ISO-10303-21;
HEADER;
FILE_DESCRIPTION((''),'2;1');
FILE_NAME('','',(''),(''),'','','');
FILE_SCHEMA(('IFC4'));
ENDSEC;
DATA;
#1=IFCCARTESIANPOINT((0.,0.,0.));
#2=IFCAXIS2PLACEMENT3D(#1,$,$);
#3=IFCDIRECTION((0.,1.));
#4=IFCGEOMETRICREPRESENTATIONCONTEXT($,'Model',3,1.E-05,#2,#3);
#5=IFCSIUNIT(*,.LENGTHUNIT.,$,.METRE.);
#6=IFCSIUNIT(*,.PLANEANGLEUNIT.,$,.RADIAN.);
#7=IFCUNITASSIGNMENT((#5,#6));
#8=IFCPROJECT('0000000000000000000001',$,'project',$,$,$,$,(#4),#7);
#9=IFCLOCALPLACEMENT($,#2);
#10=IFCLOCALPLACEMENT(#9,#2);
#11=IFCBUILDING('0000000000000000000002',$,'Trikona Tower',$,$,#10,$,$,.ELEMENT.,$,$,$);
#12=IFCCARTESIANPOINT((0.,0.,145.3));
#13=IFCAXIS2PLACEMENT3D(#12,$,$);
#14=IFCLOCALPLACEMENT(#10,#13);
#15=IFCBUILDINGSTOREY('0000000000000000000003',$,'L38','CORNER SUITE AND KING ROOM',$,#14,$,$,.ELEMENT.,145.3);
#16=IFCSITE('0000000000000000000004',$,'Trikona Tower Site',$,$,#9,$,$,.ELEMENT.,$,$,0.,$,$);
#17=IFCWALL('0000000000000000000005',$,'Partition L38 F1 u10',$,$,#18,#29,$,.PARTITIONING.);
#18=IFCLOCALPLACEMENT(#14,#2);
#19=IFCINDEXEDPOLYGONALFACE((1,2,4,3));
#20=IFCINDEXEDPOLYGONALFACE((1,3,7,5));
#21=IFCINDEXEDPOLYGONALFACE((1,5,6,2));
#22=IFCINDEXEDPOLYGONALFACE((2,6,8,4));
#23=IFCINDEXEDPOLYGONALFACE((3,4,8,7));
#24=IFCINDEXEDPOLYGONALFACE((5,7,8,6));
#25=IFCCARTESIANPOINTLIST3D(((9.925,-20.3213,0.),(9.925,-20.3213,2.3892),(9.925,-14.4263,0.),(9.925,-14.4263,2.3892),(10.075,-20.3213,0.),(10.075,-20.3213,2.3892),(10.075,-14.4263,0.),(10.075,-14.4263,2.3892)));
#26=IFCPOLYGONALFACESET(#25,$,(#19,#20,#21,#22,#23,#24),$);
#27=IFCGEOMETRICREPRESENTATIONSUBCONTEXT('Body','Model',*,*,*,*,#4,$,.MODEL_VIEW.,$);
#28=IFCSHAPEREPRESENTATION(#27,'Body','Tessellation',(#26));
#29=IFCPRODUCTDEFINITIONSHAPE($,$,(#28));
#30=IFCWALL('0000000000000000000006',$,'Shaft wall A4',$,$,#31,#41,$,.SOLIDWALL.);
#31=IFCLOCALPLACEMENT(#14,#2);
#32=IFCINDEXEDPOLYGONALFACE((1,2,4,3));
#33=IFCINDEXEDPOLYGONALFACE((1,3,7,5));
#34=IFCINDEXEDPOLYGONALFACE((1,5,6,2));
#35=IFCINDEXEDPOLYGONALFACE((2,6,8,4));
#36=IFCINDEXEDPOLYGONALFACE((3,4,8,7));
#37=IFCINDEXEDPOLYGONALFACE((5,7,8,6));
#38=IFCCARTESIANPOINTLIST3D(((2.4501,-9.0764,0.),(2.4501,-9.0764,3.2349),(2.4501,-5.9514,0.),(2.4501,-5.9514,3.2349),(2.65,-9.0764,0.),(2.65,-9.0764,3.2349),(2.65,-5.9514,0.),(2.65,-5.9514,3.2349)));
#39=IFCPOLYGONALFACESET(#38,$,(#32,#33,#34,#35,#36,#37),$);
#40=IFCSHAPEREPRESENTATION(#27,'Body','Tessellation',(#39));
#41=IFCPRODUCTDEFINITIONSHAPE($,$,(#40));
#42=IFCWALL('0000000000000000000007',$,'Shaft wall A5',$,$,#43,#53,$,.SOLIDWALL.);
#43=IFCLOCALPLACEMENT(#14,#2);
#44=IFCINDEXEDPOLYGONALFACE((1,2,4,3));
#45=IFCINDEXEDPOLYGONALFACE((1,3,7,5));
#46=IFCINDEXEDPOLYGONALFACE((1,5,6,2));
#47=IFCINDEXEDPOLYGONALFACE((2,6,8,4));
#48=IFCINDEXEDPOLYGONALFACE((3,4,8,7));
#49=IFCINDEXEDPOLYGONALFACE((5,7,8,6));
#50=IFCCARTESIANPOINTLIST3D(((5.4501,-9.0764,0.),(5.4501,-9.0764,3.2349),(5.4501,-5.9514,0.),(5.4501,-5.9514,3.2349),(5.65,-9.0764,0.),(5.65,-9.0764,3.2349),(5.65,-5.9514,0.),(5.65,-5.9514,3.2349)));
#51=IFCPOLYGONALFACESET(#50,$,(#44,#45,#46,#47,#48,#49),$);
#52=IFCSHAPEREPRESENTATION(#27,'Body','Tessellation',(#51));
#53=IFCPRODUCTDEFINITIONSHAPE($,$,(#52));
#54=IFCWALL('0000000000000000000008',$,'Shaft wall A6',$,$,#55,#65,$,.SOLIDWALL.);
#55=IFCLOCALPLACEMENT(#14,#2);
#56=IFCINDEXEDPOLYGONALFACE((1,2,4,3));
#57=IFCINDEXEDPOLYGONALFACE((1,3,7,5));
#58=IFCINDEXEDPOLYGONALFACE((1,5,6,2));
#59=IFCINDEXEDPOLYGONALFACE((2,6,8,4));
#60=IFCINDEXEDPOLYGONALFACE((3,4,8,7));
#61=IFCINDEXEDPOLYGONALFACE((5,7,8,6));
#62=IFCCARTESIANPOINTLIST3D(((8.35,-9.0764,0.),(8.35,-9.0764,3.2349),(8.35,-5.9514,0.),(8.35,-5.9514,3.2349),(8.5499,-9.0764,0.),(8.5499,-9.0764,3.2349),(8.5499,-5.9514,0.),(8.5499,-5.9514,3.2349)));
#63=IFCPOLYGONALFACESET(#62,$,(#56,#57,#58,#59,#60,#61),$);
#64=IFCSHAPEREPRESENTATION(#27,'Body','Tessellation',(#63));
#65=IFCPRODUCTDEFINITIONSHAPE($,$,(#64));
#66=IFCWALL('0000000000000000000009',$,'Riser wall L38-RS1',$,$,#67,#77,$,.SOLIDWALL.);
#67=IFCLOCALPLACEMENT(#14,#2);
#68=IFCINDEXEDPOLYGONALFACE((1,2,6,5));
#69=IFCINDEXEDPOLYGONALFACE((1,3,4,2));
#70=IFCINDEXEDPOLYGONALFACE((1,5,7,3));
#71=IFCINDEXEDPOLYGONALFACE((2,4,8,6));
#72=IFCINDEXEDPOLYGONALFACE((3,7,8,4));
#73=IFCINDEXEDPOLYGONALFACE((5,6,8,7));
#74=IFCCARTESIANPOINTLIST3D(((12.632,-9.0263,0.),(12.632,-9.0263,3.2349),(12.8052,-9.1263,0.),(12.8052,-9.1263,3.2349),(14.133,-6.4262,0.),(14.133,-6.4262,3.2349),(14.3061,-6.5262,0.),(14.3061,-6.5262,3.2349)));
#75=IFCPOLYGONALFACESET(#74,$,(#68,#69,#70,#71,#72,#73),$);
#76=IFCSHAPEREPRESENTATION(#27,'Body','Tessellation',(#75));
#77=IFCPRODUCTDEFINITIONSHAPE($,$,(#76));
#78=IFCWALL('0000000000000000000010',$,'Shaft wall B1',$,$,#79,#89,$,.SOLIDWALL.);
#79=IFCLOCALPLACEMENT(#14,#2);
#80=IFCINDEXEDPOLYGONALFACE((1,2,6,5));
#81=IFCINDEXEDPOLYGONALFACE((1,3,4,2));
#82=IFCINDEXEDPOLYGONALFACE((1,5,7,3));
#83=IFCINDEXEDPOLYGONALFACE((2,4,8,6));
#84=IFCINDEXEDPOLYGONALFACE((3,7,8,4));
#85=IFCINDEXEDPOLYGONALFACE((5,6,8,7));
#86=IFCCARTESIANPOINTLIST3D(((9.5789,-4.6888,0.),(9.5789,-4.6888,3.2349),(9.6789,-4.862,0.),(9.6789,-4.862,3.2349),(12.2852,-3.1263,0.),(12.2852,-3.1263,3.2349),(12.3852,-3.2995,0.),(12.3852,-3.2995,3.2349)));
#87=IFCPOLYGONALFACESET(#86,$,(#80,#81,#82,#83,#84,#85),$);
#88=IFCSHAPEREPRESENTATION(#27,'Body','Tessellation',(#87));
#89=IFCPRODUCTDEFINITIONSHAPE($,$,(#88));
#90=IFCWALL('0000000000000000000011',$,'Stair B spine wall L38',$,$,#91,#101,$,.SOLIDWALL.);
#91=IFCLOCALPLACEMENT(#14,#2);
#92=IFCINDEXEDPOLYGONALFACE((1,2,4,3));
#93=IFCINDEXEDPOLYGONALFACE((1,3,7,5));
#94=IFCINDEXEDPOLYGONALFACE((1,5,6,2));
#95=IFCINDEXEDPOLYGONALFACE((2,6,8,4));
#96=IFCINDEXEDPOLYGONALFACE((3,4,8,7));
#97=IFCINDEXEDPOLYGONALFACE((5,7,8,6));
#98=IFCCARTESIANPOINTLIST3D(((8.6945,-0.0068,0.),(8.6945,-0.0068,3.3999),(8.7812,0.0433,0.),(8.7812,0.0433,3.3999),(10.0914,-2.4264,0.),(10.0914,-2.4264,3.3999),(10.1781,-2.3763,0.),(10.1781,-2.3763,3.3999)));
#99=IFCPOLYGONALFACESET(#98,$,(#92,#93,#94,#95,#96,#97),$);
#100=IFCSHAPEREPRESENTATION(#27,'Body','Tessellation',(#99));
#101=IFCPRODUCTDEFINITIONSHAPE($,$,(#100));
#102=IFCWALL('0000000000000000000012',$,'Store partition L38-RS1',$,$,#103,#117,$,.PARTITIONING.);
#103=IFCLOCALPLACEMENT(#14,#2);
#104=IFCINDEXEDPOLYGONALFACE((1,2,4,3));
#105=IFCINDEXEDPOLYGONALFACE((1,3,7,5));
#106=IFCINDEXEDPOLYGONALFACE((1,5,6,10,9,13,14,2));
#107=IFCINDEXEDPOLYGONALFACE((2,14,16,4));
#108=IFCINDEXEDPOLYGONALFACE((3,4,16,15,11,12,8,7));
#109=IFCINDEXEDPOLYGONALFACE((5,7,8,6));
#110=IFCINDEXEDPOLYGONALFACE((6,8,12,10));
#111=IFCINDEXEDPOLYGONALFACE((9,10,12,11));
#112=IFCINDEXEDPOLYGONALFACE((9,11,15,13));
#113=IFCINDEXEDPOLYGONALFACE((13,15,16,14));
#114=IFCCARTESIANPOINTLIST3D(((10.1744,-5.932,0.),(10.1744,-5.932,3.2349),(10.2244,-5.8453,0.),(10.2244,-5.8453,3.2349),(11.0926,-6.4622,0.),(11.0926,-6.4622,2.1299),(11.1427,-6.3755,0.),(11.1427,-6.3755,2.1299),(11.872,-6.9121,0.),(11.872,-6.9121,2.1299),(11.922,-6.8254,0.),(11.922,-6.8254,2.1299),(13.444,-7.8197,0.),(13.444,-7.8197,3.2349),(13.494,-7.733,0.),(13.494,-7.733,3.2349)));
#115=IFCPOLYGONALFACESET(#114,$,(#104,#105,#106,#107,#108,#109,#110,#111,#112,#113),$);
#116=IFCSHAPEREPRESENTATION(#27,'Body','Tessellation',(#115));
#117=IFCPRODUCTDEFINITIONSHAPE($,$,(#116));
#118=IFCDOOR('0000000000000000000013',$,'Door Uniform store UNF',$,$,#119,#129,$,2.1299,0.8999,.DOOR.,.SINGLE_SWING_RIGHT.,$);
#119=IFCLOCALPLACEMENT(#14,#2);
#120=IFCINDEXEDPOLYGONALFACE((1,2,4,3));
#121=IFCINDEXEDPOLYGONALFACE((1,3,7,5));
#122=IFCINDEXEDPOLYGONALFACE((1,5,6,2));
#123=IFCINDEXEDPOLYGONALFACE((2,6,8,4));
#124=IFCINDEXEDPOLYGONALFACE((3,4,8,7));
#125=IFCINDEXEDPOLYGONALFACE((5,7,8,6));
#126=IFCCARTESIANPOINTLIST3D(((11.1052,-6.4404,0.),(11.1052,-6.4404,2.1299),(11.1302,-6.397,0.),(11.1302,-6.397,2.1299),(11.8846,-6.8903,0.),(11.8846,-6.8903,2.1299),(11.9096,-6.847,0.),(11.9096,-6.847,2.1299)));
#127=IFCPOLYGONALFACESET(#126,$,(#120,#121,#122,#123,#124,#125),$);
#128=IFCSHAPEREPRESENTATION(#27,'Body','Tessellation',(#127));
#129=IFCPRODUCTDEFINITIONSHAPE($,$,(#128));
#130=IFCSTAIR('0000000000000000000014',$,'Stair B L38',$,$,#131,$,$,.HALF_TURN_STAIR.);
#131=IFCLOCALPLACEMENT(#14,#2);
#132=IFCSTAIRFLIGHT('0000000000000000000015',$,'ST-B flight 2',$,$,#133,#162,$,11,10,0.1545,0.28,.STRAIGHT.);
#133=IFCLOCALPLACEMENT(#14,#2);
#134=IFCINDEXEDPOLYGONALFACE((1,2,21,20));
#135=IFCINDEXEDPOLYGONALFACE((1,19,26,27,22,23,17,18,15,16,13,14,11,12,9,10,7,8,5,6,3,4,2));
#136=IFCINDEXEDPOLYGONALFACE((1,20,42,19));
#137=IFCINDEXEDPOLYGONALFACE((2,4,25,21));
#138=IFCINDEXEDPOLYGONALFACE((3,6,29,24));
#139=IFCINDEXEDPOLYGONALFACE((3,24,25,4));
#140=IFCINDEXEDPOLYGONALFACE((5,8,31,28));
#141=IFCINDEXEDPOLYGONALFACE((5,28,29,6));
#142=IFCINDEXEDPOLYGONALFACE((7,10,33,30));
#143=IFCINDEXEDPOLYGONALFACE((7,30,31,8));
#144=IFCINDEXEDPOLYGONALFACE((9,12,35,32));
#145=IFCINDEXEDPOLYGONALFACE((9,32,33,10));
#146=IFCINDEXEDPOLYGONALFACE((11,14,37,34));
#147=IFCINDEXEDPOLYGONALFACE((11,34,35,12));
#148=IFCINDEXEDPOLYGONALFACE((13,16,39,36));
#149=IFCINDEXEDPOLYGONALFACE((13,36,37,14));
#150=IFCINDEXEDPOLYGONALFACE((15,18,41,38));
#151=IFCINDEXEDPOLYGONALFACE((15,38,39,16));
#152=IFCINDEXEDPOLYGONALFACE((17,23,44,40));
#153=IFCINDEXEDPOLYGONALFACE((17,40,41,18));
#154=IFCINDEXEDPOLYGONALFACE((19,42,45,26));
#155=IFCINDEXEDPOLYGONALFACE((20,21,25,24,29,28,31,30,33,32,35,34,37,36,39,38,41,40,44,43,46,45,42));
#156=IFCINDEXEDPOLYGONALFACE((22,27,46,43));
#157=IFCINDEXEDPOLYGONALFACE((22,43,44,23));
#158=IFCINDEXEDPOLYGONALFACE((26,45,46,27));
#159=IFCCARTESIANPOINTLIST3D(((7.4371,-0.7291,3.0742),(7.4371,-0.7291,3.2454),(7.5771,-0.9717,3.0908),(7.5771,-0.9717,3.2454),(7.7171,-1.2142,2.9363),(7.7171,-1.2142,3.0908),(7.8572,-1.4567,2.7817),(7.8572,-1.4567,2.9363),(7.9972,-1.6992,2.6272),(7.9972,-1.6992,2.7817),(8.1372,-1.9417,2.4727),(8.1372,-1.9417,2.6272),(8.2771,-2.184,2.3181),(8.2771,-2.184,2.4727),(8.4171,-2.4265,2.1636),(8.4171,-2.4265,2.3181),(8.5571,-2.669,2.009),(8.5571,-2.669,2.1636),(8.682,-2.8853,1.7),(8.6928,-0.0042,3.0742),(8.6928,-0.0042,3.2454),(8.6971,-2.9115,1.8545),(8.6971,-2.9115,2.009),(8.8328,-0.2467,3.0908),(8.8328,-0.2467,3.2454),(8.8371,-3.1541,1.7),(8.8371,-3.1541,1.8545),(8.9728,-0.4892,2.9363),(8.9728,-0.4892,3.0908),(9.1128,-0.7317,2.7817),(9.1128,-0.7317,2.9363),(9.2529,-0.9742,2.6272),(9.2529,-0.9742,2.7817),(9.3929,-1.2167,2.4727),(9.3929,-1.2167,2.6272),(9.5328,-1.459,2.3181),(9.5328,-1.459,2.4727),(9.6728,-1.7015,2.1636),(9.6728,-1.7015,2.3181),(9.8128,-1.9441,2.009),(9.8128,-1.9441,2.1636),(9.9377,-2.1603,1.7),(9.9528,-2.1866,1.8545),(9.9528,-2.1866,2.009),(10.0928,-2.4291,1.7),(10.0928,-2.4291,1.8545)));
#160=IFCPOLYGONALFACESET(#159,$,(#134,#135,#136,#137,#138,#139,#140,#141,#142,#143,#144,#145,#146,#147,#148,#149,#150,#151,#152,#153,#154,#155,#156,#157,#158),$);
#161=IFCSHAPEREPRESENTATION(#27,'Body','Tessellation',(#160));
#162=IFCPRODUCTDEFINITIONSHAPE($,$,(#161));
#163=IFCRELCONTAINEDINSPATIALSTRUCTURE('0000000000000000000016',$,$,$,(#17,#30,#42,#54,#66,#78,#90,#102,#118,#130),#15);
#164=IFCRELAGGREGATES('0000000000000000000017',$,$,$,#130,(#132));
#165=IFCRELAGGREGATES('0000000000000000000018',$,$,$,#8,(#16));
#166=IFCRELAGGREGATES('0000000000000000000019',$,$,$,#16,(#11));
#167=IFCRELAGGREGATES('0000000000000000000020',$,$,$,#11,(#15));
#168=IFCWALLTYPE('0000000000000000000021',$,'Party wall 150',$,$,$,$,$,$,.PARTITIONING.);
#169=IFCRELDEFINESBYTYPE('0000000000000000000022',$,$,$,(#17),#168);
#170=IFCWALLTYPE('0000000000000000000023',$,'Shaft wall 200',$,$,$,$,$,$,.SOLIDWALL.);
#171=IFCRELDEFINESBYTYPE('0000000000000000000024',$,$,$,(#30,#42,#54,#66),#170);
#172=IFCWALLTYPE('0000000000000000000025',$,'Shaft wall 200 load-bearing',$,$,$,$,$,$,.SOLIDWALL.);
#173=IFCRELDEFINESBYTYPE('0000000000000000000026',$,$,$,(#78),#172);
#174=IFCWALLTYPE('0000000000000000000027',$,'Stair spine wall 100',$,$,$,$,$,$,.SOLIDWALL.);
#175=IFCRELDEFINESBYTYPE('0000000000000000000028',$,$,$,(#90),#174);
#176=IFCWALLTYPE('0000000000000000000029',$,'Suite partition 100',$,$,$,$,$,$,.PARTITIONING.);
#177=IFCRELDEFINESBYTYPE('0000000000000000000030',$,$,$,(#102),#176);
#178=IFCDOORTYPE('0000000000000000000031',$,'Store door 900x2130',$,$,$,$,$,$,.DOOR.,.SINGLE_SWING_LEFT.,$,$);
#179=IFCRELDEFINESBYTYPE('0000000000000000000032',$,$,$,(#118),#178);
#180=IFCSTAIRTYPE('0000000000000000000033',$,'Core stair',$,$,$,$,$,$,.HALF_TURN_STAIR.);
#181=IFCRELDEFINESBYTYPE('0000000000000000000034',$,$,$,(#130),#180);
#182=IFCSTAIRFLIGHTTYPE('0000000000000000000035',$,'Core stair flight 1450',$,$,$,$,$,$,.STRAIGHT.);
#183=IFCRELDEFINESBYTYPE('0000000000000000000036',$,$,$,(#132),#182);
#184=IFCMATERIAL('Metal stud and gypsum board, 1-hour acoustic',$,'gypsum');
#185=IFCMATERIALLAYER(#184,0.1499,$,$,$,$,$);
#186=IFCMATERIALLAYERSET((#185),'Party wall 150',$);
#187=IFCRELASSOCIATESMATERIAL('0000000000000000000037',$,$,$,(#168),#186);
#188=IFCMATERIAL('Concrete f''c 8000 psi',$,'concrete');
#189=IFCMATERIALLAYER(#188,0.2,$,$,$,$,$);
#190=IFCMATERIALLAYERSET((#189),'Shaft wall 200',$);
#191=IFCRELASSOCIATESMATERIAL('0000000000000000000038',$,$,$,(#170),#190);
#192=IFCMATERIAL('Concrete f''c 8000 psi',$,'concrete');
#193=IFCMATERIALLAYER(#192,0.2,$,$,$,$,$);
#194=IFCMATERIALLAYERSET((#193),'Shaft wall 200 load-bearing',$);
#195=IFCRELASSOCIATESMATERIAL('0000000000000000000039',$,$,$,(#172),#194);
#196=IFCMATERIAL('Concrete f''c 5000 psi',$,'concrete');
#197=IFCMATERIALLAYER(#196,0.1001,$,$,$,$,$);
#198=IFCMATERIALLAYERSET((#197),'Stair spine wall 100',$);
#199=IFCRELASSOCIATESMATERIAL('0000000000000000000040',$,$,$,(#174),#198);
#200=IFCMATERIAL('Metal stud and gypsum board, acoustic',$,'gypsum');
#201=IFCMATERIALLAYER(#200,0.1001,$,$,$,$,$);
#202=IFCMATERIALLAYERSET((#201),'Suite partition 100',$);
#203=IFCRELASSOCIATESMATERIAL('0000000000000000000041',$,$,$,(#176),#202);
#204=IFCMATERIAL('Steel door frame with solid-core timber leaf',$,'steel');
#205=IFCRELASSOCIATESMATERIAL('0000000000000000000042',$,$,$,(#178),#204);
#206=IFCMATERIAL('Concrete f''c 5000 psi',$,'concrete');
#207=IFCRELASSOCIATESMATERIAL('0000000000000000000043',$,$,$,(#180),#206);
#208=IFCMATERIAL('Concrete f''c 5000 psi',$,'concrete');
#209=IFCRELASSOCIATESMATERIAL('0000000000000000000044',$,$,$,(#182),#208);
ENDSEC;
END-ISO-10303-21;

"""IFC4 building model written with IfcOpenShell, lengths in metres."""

from ifc_helpers import new_model, si_unit, direction, frame, frame_2d, origin, place, context, subcontext, project, spatial, polyline, rectangle, outline, extrude, material, layer, layer_set, type_object, element, fill, aggregate, save


model = new_model("IFC4")

# Units and contexts
model_context = context("Model", 3, precision=1e-05, world=origin(), true_north=direction((0.0, 1.0)))
body_context = subcontext(model_context, "Body", "Model", "MODEL_VIEW")
ifc_project = project(units=[si_unit("LENGTHUNIT", "METRE"), si_unit("PLANEANGLEUNIT", "RADIAN")], contexts=[model_context])

# Site, building, storey
site_placement = place(None, origin())
site = spatial("IfcSite", under=ifc_project, at=site_placement, Name="Trikona Tower Site", CompositionType="ELEMENT", RefElevation=0.0)
building_placement = place(site_placement, origin())
building = spatial("IfcBuilding", under=site, at=building_placement, Name="Trikona Tower", CompositionType="ELEMENT")
storey_placement = place(building_placement, frame((0.0, 0.0, 145.3)))
storey = spatial("IfcBuildingStorey", under=building, at=storey_placement, Name="L38", Description="CORNER SUITE AND KING ROOM", CompositionType="ELEMENT", Elevation=145.3)

# Walls
ifc_material_1 = material(Name="Metal stud and gypsum board, 1-hour acoustic", Category="gypsum")
ifc_layer_1 = layer(ifc_material_1, 0.1499)
ifc_layer_set_1 = layer_set([ifc_layer_1], Name="Party wall 150")
wall_type_1 = type_object("IfcWallType", Name="Party wall 150", PredefinedType="PARTITIONING", material=ifc_layer_set_1)
wall_1_placement = place(storey_placement, frame((10.0, -14.4263, 0.0), z_axis=(0.0, 0.0, 1.0), x_axis=(0.0, -1.0, 0.0)))
element("IfcWall", 1, at=wall_1_placement, inside=storey, type_object=wall_type_1, Name="Partition L38 F1 u10", PredefinedType="PARTITIONING", context=body_context, shape_type="SweptSolid", body=[
    extrude(rectangle(XDim=5.895, YDim=0.1499, at=frame_2d((2.9475, 0.0))), origin(), (0.0, 0.0, 1.0), 2.3892),
])
ifc_material_2 = material(Name="Concrete f'c 8000 psi", Category="concrete")
ifc_layer_2 = layer(ifc_material_2, 0.2)
ifc_layer_set_2 = layer_set([ifc_layer_2], Name="Shaft wall 200")
wall_type_2 = type_object("IfcWallType", Name="Shaft wall 200", PredefinedType="SOLIDWALL", material=ifc_layer_set_2)
for number, where, z_axis, x_axis, name in (
    (2, (2.55, -5.9514, 0.0), (0.0, 0.0, 1.0), (0.0, -1.0, 0.0), "Shaft wall A4"),
    (3, (5.55, -5.9514, 0.0), (0.0, 0.0, 1.0), (0.0, -1.0, 0.0), "Shaft wall A5"),
    (4, (8.45, -5.9514, 0.0), (0.0, 0.0, 1.0), (0.0, -1.0, 0.0), "Shaft wall A6"),
):
    element("IfcWall", number, at=place(storey_placement, frame(where, z_axis=z_axis, x_axis=x_axis)), inside=storey, type_object=wall_type_2, Name=name, PredefinedType="SOLIDWALL", context=body_context, shape_type="SweptSolid", body=[
        extrude(rectangle(XDim=3.125, YDim=0.2, at=frame_2d((1.5625, 0.0))), origin(), (0.0, 0.0, 1.0), 3.2349),
    ])
wall_2_placement = place(storey_placement, frame((14.2195, -6.4763, 0.0), z_axis=(0.0, 0.0, 1.0), x_axis=(-0.499952, -0.866053, 0.0)))
element("IfcWall", 5, at=wall_2_placement, inside=storey, type_object=wall_type_2, Name="Riser wall L38-RS1", PredefinedType="SOLIDWALL", context=body_context, shape_type="SweptSolid", body=[
    extrude(rectangle(XDim=3.0022, YDim=0.2, at=frame_2d((1.501, 0.0))), origin(), (0.0, 0.0, 1.0), 3.2349),
])
ifc_material_3 = material(Name="Concrete f'c 8000 psi", Category="concrete")
ifc_layer_3 = layer(ifc_material_3, 0.2)
ifc_layer_set_3 = layer_set([ifc_layer_3], Name="Shaft wall 200 load-bearing")
wall_type_3 = type_object("IfcWallType", Name="Shaft wall 200 load-bearing", PredefinedType="SOLIDWALL", material=ifc_layer_set_3)
wall_3_placement = place(storey_placement, frame((9.6289, -4.7754, 0.0), z_axis=(0.0, 0.0, 1.0), x_axis=(0.866023, 0.500004, 0.0)))
element("IfcWall", 6, at=wall_3_placement, inside=storey, type_object=wall_type_3, Name="Shaft wall B1", PredefinedType="SOLIDWALL", context=body_context, shape_type="SweptSolid", body=[
    extrude(rectangle(XDim=3.125, YDim=0.2, at=frame_2d((1.5625, 0.0))), origin(), (0.0, 0.0, 1.0), 3.2349),
])
ifc_material_4 = material(Name="Concrete f'c 5000 psi", Category="concrete")
ifc_layer_4 = layer(ifc_material_4, 0.1001)
ifc_layer_set_4 = layer_set([ifc_layer_4], Name="Stair spine wall 100")
wall_type_4 = type_object("IfcWallType", Name="Stair spine wall 100", PredefinedType="SOLIDWALL", material=ifc_layer_set_4)
wall_4_placement = place(storey_placement, frame((10.1348, -2.4014, 0.0), z_axis=(0.0, 0.0, 1.0), x_axis=(-0.499992, 0.86603, 0.0)))
element("IfcWall", 7, at=wall_4_placement, inside=storey, type_object=wall_type_4, Name="Stair B spine wall L38", PredefinedType="SOLIDWALL", context=body_context, shape_type="SweptSolid", body=[
    extrude(rectangle(XDim=2.7939, YDim=0.1001, at=frame_2d((1.397, 0.0))), origin(), (0.0, 0.0, 1.0), 3.3999),
])

# Wall, opening, door
ifc_material_5 = material(Name="Metal stud and gypsum board, acoustic", Category="gypsum")
ifc_layer_5 = layer(ifc_material_5, 0.1001)
ifc_layer_set_5 = layer_set([ifc_layer_5], Name="Suite partition 100")
wall_type_5 = type_object("IfcWallType", Name="Suite partition 100", PredefinedType="PARTITIONING", material=ifc_layer_set_5)
wall_5_placement = place(storey_placement, frame((13.469, -7.7764, 0.0), z_axis=(0.0, 0.0, 1.0), x_axis=(-0.866022, 0.500006, 0.0)))
wall_5 = element("IfcWall", 8, at=wall_5_placement, inside=storey, type_object=wall_type_5, Name="Store partition L38-RS1", PredefinedType="PARTITIONING", context=body_context, shape_type="SweptSolid", body=[
    extrude(rectangle(XDim=3.7754, YDim=0.1001, at=frame_2d((1.8877, 0.0))), origin(), (0.0, 0.0, 1.0), 3.2349),
])
opening_1_placement = place(wall_5_placement, frame((1.8152, 0.0, 0.0)))
opening_1 = element("IfcOpeningElement", 9, at=opening_1_placement, cuts=wall_5, PredefinedType="OPENING", context=body_context, shape_type="SweptSolid", body=[
    extrude(rectangle(XDim=0.8999, YDim=2.1299, at=frame_2d((0.45, 1.0649))), frame((0.0, 0.0601, 0.0), z_axis=(0.0, -1.0, 0.0), x_axis=(1.0, 0.0, 0.0)), (0.0, 0.0, 1.0), 0.1201),
])
ifc_material_6 = material(Name="Steel door frame with solid-core timber leaf", Category="steel")
door_type_1 = type_object("IfcDoorType", Name="Store door 900x2130", OperationType="SINGLE_SWING_LEFT", PredefinedType="DOOR", material=ifc_material_6)
door_1_placement = place(opening_1_placement, origin())
door_1 = element("IfcDoor", 10, at=door_1_placement, inside=storey, type_object=door_type_1, Name="Door Uniform store UNF", OperationType="SINGLE_SWING_RIGHT", OverallHeight=2.1299, OverallWidth=0.8999, PredefinedType="DOOR", context=body_context, shape_type="SweptSolid", body=[
    extrude(rectangle(XDim=0.8999, YDim=2.1299, at=frame_2d((0.45, 1.0649))), frame((0.0, 0.0249, 0.0), z_axis=(0.0, -1.0, 0.0), x_axis=(1.0, 0.0, 0.0)), (0.0, 0.0, 1.0), 0.05),
])
fill(opening_1, door_1)

# Stair, stair flight
ifc_material_7 = material(Name="Concrete f'c 5000 psi", Category="concrete")
stair_type = type_object("IfcStairType", Name="Core stair", PredefinedType="HALF_TURN_STAIR", material=ifc_material_7)
stair_placement = place(storey_placement, origin())
stair = element("IfcStair", 11, at=stair_placement, inside=storey, type_object=stair_type, Name="Stair B L38", PredefinedType="HALF_TURN_STAIR")
ifc_material_8 = material(Name="Concrete f'c 5000 psi", Category="concrete")
stair_flight_type = type_object("IfcStairFlightType", Name="Core stair flight 1450", PredefinedType="STRAIGHT", material=ifc_material_8)
stair_flight_placement = place(storey_placement, frame((9.4651, -2.7915, 1.7), z_axis=(0.0, 0.0, 1.0), x_axis=(-0.5, 0.866025, 0.0)))
stair_flight = element("IfcStairFlight", 12, at=stair_flight_placement, type_object=stair_flight_type, Name="ST-B flight 2", NumberOfRisers=11, NumberOfTreads=10, PredefinedType="STRAIGHT", RiserHeight=0.1545, TreadLength=0.28, context=body_context, shape_type="SweptSolid", body=[
    extrude(outline(polyline([(0.0, 0.0), (0.0, 0.1545), (0.28, 0.1545), (0.28, 0.3091), (0.5601, 0.3091), (0.5601, 0.4636), (0.8401, 0.4636), (0.8401, 0.6182), (1.1201, 0.6182), (1.1201, 0.7727), (1.3999, 0.7727), (1.3999, 0.9272), (1.6799, 0.9272), (1.6799, 1.0818), (1.96, 1.0818), (1.96, 1.2363), (2.24, 1.2363), (2.24, 1.3909), (2.52, 1.3909), (2.52, 1.5454), (2.8, 1.5454), (2.8, 1.7), (2.8, 1.3743), (0.3103, 0.0), (0.0, 0.0)])), frame((0.0, 0.7251, 0.0), z_axis=(0.0, -1.0, 0.0), x_axis=(1.0, 0.0, 0.0)), (0.0, 0.0, 1.0), 1.45),
])
aggregate(stair, [stair_flight])

save(model, "model.ifc")
